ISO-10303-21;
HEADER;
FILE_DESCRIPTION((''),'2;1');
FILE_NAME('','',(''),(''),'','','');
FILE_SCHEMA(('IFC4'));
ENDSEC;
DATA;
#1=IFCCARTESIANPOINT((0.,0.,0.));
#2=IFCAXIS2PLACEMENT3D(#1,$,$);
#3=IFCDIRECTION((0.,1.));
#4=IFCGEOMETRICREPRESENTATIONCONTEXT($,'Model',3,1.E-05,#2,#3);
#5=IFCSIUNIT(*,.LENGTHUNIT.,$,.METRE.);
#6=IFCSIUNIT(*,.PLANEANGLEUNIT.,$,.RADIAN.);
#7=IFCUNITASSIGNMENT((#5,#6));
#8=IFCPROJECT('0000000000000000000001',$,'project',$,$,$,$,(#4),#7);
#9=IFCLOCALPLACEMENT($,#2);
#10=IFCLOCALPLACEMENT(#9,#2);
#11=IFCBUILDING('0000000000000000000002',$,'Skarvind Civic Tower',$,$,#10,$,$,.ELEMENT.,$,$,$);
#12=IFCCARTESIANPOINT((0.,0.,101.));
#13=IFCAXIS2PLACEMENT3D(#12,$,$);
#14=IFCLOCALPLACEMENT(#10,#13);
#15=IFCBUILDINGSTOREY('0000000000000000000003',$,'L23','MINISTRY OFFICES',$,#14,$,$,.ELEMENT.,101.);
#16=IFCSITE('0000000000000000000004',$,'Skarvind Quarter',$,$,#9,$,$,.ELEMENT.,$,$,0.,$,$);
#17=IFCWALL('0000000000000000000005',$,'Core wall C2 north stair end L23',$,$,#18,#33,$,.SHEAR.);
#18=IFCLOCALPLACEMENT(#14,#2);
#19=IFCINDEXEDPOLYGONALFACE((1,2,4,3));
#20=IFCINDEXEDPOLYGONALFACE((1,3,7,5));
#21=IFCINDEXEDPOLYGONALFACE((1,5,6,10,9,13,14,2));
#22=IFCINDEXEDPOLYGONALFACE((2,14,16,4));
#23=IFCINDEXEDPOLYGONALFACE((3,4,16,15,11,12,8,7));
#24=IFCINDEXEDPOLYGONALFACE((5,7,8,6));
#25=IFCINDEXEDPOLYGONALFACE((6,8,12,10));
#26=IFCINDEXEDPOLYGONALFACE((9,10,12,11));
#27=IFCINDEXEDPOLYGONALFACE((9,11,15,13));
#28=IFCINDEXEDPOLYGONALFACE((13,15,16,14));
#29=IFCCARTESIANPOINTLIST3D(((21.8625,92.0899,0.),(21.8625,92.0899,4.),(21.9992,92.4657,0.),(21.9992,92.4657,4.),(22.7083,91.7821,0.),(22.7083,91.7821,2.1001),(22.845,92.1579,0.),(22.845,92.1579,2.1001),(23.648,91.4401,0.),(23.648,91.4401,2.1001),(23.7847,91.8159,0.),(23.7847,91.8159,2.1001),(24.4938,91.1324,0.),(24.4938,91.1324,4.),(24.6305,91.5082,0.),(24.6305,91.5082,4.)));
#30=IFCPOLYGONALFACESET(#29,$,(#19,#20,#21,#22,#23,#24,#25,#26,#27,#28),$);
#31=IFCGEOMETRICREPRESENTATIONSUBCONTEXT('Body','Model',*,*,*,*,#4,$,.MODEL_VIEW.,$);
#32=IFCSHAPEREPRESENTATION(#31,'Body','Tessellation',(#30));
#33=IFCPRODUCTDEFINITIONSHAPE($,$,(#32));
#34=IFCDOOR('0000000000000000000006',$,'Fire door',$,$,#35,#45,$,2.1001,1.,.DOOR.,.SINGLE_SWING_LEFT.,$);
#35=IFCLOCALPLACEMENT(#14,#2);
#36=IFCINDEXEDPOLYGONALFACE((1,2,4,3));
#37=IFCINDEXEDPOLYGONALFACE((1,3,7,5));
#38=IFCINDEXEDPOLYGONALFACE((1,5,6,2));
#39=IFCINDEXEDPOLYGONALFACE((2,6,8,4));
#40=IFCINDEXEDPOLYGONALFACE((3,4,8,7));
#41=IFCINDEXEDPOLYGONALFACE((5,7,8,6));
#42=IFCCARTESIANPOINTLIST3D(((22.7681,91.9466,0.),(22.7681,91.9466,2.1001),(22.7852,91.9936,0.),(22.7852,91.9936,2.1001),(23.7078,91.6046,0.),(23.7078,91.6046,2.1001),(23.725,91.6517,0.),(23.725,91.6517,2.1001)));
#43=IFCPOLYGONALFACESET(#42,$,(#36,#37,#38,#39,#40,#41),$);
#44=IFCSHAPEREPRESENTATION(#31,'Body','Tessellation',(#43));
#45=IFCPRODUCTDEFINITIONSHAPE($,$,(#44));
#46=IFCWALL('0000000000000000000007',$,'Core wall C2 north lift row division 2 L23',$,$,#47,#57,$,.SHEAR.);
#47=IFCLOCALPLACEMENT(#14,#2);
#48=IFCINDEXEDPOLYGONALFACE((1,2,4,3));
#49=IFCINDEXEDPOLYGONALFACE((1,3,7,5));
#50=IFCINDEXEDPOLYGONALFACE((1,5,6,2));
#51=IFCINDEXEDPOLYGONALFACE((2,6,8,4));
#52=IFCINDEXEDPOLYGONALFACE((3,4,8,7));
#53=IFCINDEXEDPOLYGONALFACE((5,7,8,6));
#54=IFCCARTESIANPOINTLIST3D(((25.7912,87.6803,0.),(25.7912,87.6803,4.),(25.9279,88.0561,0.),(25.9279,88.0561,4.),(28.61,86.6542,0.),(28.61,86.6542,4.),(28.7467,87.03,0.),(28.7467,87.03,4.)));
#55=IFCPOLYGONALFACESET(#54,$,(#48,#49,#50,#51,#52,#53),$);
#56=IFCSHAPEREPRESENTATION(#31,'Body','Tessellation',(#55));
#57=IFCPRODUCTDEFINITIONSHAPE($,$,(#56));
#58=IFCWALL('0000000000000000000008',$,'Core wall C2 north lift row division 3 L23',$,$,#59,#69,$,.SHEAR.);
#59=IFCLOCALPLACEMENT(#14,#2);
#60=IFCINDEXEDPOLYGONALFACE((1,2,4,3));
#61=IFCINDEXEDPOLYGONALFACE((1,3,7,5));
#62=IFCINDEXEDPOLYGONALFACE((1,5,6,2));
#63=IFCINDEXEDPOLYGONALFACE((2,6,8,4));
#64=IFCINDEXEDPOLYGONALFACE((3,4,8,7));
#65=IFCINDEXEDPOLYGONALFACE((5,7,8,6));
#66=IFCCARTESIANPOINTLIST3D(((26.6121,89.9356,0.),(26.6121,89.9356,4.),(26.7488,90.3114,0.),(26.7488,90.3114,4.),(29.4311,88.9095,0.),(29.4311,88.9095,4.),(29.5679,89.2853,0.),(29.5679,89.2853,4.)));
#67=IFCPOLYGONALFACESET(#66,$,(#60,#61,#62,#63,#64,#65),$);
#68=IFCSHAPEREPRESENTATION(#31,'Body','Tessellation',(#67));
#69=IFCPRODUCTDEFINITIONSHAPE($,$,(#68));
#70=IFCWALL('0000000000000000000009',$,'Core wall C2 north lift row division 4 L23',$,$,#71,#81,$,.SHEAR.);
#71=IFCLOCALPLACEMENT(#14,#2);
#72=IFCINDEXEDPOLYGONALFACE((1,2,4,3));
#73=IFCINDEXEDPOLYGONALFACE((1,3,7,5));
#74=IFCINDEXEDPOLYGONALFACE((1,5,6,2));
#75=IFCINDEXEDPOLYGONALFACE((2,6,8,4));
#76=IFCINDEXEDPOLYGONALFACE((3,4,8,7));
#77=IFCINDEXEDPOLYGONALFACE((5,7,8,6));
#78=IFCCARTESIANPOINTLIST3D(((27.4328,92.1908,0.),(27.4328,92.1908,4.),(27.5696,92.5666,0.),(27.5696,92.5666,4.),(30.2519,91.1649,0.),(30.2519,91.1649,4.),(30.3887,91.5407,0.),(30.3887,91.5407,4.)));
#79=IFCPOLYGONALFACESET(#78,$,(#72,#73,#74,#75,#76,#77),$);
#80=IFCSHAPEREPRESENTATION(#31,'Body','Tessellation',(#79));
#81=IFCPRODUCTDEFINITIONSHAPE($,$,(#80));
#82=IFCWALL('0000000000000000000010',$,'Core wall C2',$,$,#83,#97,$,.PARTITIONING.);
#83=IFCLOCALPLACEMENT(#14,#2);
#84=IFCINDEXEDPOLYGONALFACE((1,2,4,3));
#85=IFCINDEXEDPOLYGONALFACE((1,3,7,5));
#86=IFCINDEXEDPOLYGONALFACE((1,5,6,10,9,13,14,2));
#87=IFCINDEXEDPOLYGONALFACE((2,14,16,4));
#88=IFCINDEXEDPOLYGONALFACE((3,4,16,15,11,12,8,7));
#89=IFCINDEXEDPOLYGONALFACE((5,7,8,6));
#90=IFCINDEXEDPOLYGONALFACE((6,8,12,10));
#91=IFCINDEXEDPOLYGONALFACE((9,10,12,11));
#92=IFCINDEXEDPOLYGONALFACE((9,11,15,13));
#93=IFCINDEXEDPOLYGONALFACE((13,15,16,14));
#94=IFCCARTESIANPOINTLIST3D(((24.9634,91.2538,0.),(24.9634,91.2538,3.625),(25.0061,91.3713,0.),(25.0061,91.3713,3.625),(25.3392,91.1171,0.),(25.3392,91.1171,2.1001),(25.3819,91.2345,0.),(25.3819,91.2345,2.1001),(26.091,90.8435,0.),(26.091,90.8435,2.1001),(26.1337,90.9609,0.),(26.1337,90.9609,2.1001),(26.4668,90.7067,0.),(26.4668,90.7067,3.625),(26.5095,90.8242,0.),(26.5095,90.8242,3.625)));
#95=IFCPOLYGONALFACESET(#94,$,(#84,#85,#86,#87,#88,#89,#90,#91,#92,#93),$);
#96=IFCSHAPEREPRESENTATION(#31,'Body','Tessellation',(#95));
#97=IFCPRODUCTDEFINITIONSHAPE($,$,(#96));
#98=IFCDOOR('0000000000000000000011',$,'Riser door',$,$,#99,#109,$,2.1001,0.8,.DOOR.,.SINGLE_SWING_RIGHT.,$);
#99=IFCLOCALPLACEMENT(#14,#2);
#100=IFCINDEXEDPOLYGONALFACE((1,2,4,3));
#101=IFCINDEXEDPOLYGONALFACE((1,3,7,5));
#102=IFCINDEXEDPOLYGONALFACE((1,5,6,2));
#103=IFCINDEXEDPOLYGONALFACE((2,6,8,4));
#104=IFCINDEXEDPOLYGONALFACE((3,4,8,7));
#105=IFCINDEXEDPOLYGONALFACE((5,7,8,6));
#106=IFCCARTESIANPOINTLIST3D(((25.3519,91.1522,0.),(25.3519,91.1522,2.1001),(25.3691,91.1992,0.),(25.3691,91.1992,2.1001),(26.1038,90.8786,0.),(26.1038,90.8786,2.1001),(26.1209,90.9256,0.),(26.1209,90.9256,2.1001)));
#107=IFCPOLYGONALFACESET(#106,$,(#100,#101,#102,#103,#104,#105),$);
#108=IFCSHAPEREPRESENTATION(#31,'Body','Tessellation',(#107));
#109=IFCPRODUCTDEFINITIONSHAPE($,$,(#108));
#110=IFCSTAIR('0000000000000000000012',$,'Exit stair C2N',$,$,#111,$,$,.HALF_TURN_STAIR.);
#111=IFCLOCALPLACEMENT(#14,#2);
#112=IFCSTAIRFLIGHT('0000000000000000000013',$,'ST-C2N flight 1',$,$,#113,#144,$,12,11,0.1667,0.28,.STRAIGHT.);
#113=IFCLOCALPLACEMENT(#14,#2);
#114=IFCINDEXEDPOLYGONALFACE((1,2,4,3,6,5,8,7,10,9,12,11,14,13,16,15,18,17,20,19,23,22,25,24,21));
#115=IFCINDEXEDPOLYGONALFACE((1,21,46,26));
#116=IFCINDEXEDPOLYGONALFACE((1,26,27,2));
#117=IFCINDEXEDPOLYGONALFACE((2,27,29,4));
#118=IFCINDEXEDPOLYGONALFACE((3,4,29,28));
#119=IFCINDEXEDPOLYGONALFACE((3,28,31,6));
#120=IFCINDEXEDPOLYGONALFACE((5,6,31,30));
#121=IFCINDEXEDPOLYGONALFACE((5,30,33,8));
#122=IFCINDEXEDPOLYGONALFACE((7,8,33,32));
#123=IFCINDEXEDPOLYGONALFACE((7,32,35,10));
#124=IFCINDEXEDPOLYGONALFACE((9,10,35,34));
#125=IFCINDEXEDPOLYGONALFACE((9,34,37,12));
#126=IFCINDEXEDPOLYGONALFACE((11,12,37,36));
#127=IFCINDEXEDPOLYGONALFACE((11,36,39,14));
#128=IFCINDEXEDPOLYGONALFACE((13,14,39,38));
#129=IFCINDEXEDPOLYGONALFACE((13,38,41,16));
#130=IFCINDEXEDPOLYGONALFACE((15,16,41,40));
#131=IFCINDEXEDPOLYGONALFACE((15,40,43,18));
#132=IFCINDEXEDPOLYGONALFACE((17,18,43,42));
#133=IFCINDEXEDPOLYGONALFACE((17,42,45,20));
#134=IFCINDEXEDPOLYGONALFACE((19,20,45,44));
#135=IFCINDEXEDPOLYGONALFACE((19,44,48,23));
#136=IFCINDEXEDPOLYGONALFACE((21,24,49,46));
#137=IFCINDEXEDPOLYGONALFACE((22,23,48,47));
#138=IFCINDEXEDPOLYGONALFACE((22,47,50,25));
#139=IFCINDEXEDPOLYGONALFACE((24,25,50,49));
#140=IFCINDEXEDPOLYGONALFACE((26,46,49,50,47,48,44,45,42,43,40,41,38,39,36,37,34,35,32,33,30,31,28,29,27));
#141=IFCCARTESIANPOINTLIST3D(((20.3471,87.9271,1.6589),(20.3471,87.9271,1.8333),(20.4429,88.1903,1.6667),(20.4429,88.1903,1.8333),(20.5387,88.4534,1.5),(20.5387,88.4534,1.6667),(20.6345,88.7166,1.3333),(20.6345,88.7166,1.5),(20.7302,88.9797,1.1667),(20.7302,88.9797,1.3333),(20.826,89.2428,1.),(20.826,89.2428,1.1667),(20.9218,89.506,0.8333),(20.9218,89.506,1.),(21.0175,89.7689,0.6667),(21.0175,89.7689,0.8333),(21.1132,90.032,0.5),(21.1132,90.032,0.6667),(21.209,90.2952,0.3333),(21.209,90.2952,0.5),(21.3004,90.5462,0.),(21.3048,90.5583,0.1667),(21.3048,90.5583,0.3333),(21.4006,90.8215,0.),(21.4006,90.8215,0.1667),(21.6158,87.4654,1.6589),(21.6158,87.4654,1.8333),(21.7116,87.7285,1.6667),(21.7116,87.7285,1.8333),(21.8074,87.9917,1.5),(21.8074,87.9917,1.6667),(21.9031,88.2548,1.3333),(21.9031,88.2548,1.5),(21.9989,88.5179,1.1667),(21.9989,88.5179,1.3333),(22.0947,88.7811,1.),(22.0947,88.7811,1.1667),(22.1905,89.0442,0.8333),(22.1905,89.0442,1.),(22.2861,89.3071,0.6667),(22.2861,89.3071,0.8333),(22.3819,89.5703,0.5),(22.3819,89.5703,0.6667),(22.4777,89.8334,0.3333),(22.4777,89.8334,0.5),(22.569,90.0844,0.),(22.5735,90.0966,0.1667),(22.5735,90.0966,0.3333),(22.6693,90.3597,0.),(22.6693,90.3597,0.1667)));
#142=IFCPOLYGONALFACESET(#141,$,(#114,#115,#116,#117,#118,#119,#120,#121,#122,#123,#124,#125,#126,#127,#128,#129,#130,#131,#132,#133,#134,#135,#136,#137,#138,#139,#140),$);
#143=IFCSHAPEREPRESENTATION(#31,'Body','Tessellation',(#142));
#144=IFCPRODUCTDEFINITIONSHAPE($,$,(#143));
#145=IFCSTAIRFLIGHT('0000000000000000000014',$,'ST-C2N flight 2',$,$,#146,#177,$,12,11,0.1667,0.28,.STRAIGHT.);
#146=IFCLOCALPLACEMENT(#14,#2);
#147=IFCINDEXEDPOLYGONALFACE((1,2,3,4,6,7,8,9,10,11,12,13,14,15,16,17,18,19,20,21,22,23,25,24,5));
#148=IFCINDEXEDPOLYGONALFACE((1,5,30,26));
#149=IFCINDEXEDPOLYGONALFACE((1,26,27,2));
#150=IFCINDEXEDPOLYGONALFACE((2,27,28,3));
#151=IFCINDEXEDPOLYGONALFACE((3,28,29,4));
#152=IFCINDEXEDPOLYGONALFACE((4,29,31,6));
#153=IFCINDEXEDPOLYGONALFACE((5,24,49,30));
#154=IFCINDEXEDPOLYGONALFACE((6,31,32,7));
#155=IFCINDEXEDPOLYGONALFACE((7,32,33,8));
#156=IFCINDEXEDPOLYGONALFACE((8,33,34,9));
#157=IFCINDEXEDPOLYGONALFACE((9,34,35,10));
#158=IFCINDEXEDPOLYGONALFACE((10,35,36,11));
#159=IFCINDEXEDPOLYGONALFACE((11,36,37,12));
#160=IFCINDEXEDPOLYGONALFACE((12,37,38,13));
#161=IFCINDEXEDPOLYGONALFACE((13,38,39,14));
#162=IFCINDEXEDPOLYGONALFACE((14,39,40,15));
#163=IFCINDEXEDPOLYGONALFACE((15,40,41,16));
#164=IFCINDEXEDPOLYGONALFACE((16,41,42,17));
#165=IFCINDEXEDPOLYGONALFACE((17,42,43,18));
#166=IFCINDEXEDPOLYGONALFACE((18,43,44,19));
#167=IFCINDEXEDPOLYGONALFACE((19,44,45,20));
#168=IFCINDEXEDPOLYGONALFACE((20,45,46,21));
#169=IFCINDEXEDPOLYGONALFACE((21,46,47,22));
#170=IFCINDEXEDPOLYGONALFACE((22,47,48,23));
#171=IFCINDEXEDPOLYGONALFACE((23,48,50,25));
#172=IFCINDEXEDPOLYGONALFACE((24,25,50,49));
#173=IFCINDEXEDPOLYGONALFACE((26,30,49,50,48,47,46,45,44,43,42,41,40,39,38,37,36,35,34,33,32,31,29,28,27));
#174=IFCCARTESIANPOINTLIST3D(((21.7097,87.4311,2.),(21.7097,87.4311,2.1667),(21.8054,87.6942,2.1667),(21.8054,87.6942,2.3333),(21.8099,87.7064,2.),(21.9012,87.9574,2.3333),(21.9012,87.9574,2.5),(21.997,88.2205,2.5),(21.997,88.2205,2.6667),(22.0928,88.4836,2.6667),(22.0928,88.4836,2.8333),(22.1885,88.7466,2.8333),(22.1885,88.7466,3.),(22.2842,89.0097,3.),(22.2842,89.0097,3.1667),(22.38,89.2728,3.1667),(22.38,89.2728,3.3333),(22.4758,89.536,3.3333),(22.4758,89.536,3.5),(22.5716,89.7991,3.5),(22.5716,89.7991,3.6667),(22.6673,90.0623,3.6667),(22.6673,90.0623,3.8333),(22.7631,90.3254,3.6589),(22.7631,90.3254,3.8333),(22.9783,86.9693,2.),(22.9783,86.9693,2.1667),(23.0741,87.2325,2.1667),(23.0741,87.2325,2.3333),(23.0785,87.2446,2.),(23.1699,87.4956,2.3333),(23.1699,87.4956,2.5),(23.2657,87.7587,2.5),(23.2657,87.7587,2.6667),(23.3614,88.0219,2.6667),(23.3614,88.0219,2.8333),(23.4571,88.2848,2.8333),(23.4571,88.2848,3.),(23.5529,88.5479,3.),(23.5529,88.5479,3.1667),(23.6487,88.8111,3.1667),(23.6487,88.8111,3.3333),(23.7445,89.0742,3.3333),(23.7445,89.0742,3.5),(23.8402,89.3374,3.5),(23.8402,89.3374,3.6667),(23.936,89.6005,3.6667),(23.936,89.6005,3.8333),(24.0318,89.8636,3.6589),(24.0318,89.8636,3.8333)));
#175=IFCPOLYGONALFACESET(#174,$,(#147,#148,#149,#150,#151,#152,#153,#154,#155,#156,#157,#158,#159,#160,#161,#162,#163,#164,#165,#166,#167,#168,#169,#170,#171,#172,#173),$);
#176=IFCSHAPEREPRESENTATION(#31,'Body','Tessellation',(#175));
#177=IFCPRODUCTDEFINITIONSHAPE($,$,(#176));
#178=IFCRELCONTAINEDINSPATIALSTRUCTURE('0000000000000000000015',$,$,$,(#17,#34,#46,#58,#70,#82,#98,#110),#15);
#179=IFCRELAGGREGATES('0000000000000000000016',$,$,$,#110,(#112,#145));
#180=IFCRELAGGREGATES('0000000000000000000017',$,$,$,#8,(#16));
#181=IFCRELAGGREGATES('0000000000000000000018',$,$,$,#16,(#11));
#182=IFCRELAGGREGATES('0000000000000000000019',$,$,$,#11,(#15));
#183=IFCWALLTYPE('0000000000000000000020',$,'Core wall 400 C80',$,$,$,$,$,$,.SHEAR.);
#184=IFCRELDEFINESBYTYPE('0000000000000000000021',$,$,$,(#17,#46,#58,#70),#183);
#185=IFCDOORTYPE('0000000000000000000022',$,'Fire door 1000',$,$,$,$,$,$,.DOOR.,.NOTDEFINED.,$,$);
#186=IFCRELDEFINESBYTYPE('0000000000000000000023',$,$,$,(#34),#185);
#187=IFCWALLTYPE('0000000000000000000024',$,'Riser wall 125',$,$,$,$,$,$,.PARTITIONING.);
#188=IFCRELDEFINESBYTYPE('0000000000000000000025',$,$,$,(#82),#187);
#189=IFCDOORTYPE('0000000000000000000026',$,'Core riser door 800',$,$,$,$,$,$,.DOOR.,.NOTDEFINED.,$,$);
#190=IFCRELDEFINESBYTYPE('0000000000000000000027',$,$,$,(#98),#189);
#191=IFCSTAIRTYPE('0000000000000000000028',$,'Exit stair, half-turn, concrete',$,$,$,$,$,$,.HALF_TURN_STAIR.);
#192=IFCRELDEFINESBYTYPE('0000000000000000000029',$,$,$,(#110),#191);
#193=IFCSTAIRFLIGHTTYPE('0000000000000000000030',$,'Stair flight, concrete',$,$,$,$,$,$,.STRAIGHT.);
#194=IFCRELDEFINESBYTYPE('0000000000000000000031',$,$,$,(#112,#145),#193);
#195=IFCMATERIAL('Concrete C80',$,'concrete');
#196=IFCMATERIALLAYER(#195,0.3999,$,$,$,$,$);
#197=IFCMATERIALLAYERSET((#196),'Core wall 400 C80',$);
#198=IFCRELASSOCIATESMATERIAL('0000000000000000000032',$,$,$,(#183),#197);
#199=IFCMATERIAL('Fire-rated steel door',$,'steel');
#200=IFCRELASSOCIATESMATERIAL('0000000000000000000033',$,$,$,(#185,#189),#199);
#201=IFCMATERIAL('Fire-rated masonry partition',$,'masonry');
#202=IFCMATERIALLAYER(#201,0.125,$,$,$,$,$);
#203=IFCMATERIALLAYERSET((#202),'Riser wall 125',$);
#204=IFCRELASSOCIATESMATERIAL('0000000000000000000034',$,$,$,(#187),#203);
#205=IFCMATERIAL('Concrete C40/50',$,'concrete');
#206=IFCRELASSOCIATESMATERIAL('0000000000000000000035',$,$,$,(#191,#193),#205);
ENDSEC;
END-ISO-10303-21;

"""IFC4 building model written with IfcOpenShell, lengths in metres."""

from ifc_helpers import new_model, si_unit, direction, frame, frame_2d, origin, place, context, subcontext, project, spatial, polyline, rectangle, outline, extrude, material, layer, layer_set, type_object, element, fill, aggregate, save


model = new_model("IFC4")

# Units and contexts
model_context = context("Model", 3, precision=1e-05, world=origin(), true_north=direction((0.0, 1.0)))
body_context = subcontext(model_context, "Body", "Model", "MODEL_VIEW")
ifc_project = project(units=[si_unit("LENGTHUNIT", "METRE"), si_unit("PLANEANGLEUNIT", "RADIAN")], contexts=[model_context])

# Site, building, storey
site_placement = place(None, origin())
site = spatial("IfcSite", under=ifc_project, at=site_placement, Name="Skarvind Quarter", CompositionType="ELEMENT", RefElevation=0.0)
building_placement = place(site_placement, origin())
building = spatial("IfcBuilding", under=site, at=building_placement, Name="Skarvind Civic Tower", CompositionType="ELEMENT")
storey_placement = place(building_placement, frame((0.0, 0.0, 101.0)))
storey = spatial("IfcBuildingStorey", under=building, at=storey_placement, Name="L23", Description="MINISTRY OFFICES", CompositionType="ELEMENT", Elevation=101.0)

# Wall, opening, door
ifc_material_1 = material(Name="Concrete C80", Category="concrete")
ifc_layer_1 = layer(ifc_material_1, 0.3999)
ifc_layer_set_1 = layer_set([ifc_layer_1], Name="Core wall 400 C80")
wall_type_1 = type_object("IfcWallType", Name="Core wall 400 C80", PredefinedType="SHEAR", material=ifc_layer_set_1)
wall_1_placement = place(storey_placement, frame((24.562, 91.3203, 0.0), z_axis=(0.0, 0.0, 1.0), x_axis=(-0.939717, 0.341953, 0.0)))
wall_1 = element("IfcWall", 1, at=wall_1_placement, inside=storey, type_object=wall_type_1, Name="Core wall C2 north stair end L23", PredefinedType="SHEAR", context=body_context, shape_type="SweptSolid", body=[
    extrude(rectangle(XDim=2.8, YDim=0.3999, at=frame_2d((1.3999, 0.0))), origin(), (0.0, 0.0, 1.0), 4.0),
])
opening_1_placement = place(wall_1_placement, frame((0.8999, 0.0, 0.0)))
opening_1 = element("IfcOpeningElement", 2, at=opening_1_placement, cuts=wall_1, PredefinedType="OPENING", context=body_context, shape_type="SweptSolid", body=[
    extrude(rectangle(XDim=1.0, YDim=2.1001, at=frame_2d((0.5, 1.05))), frame((0.0, 0.21, 0.0), z_axis=(0.0, -1.0, 0.0), x_axis=(1.0, 0.0, 0.0)), (0.0, 0.0, 1.0), 0.4199),
])
ifc_material_2 = material(Name="Fire-rated steel door", Category="steel")
door_type_1 = type_object("IfcDoorType", Name="Fire door 1000", OperationType="NOTDEFINED", PredefinedType="DOOR", material=ifc_material_2)
door_1_placement = place(opening_1_placement, origin())
door_1 = element("IfcDoor", 3, at=door_1_placement, inside=storey, type_object=door_type_1, Name="Fire door", OperationType="SINGLE_SWING_LEFT", OverallHeight=2.1001, OverallWidth=1.0, PredefinedType="DOOR", context=body_context, shape_type="SweptSolid", body=[
    extrude(rectangle(XDim=1.0, YDim=2.1001, at=frame_2d((0.5, 1.05))), frame((0.0, 0.0249, 0.0), z_axis=(0.0, -1.0, 0.0), x_axis=(1.0, 0.0, 0.0)), (0.0, 0.0, 1.0), 0.05),
])
fill(opening_1, door_1)

# Walls
wall_2_placement = place(storey_placement, frame((28.6785, 86.842, 0.0), z_axis=(0.0, 0.0, 1.0), x_axis=(-0.939677, 0.342063, 0.0)))
element("IfcWall", 4, at=wall_2_placement, inside=storey, type_object=wall_type_1, Name="Core wall C2 north lift row division 2 L23", PredefinedType="SHEAR", context=body_context, shape_type="SweptSolid", body=[
    extrude(rectangle(XDim=2.9998, YDim=0.3999, at=frame_2d((1.5, 0.0))), origin(), (0.0, 0.0, 1.0), 4.0),
])
for number, where, z_axis, x_axis, name in (
    (5, (29.4995, 89.0974, 0.0), (0.0, 0.0, 1.0), (-0.939686, 0.342037, 0.0), "Core wall C2 north lift row division 3 L23"),
    (6, (30.3203, 91.3528, 0.0), (0.0, 0.0, 1.0), (-0.939713, 0.341965, 0.0), "Core wall C2 north lift row division 4 L23"),
):
    element("IfcWall", number, at=place(storey_placement, frame(where, z_axis=z_axis, x_axis=x_axis)), inside=storey, type_object=wall_type_1, Name=name, PredefinedType="SHEAR", context=body_context, shape_type="SweptSolid", body=[
        extrude(rectangle(XDim=3.0, YDim=0.3999, at=frame_2d((1.5, 0.0))), origin(), (0.0, 0.0, 1.0), 4.0),
    ])

# Wall, opening, door
ifc_material_3 = material(Name="Fire-rated masonry partition", Category="masonry")
ifc_layer_2 = layer(ifc_material_3, 0.125)
ifc_layer_set_2 = layer_set([ifc_layer_2], Name="Riser wall 125")
wall_type_2 = type_object("IfcWallType", Name="Riser wall 125", PredefinedType="PARTITIONING", material=ifc_layer_set_2)
wall_3_placement = place(storey_placement, frame((24.9849, 91.3125, 0.0), z_axis=(0.0, 0.0, 1.0), x_axis=(0.939709, -0.341976, 0.0)))
wall_3 = element("IfcWall", 7, at=wall_3_placement, inside=storey, type_object=wall_type_2, Name="Core wall C2", PredefinedType="PARTITIONING", context=body_context, shape_type="SweptSolid", body=[
    extrude(rectangle(XDim=1.5999, YDim=0.125, at=frame_2d((0.7998, 0.0))), origin(), (0.0, 0.0, 1.0), 3.625),
])
opening_2_placement = place(wall_3_placement, frame((0.3999, 0.0, 0.0)))
opening_2 = element("IfcOpeningElement", 8, at=opening_2_placement, cuts=wall_3, PredefinedType="OPENING", context=body_context, shape_type="SweptSolid", body=[
    extrude(rectangle(XDim=0.8, YDim=2.1001, at=frame_2d((0.3999, 1.05))), frame((0.0, 0.0725, 0.0), z_axis=(0.0, -1.0, 0.0), x_axis=(1.0, 0.0, 0.0)), (0.0, 0.0, 1.0), 0.145),
])
door_type_2 = type_object("IfcDoorType", Name="Core riser door 800", OperationType="NOTDEFINED", PredefinedType="DOOR", material=ifc_material_2)
door_2_placement = place(opening_2_placement, origin())
door_2 = element("IfcDoor", 9, at=door_2_placement, inside=storey, type_object=door_type_2, Name="Riser door", OperationType="SINGLE_SWING_RIGHT", OverallHeight=2.1001, OverallWidth=0.8, PredefinedType="DOOR", context=body_context, shape_type="SweptSolid", body=[
    extrude(rectangle(XDim=0.8, YDim=2.1001, at=frame_2d((0.3999, 1.05))), frame((0.0, 0.0249, 0.0), z_axis=(0.0, -1.0, 0.0), x_axis=(1.0, 0.0, 0.0)), (0.0, 0.0, 1.0), 0.05),
])
fill(opening_2, door_2)

# Stair, stair flights
ifc_material_4 = material(Name="Concrete C40/50", Category="concrete")
stair_type = type_object("IfcStairType", Name="Exit stair, half-turn, concrete", PredefinedType="HALF_TURN_STAIR", material=ifc_material_4)
stair_placement = place(storey_placement, origin())
stair = element("IfcStair", 10, at=stair_placement, inside=storey, type_object=stair_type, Name="Exit stair C2N", PredefinedType="HALF_TURN_STAIR")
stair_flight_type = type_object("IfcStairFlightType", Name="Stair flight, concrete", PredefinedType="STRAIGHT", material=ifc_material_4)
stair_flight_1_placement = place(storey_placement, frame((22.0349, 90.5906, 0.0), z_axis=(0.0, 0.0, 1.0), x_axis=(-0.34202, -0.939693, 0.0)))
stair_flight_1 = element("IfcStairFlight", 11, at=stair_flight_1_placement, type_object=stair_flight_type, Name="ST-C2N flight 1", NumberOfRisers=12, NumberOfTreads=11, PredefinedType="STRAIGHT", RiserHeight=0.1667, TreadLength=0.28, context=body_context, shape_type="SweptSolid", body=[
    extrude(outline(polyline([(0.0, 0.0), (0.0, 0.1667), (0.28, 0.1667), (0.28, 0.3333), (0.5601, 0.3333), (0.5601, 0.5), (0.8401, 0.5), (0.8401, 0.6667), (1.1201, 0.6667), (1.1201, 0.8333), (1.3999, 0.8333), (1.3999, 1.0), (1.6799, 1.0), (1.6799, 1.1667), (1.96, 1.1667), (1.96, 1.3333), (2.24, 1.3333), (2.24, 1.5), (2.52, 1.5), (2.52, 1.6667), (2.8, 1.6667), (2.8, 1.8333), (3.0801, 1.8333), (3.0801, 2.0), (3.0801, 1.6589), (0.293, 0.0), (0.0, 0.0)])), frame((0.0, 0.675, 0.0), z_axis=(0.0, -1.0, 0.0), x_axis=(1.0, 0.0, 0.0)), (0.0, 0.0, 1.0), 1.3501),
])
stair_flight_2_placement = place(storey_placement, frame((22.344, 87.2002, 2.0), z_axis=(0.0, 0.0, 1.0), x_axis=(0.34202, 0.939693, 0.0)))
stair_flight_2 = element("IfcStairFlight", 12, at=stair_flight_2_placement, type_object=stair_flight_type, Name="ST-C2N flight 2", NumberOfRisers=12, NumberOfTreads=11, PredefinedType="STRAIGHT", RiserHeight=0.1667, TreadLength=0.28, context=body_context, shape_type="SweptSolid", body=[
    extrude(outline(polyline([(0.0, 0.0), (0.0, 0.1667), (0.28, 0.1667), (0.28, 0.3333), (0.5601, 0.3333), (0.5601, 0.5), (0.8401, 0.5), (0.8401, 0.6667), (1.1201, 0.6667), (1.1201, 0.8333), (1.3999, 0.8333), (1.3999, 1.0), (1.6799, 1.0), (1.6799, 1.1667), (1.96, 1.1667), (1.96, 1.3333), (2.24, 1.3333), (2.24, 1.5), (2.52, 1.5), (2.52, 1.6667), (2.8, 1.6667), (2.8, 1.8333), (3.0801, 1.8333), (3.0801, 2.0), (3.0801, 1.6589), (0.293, 0.0), (0.0, 0.0)])), frame((0.0, 0.675, 0.0), z_axis=(0.0, -1.0, 0.0), x_axis=(1.0, 0.0, 0.0)), (0.0, 0.0, 1.0), 1.3501),
])
aggregate(stair, [stair_flight_1, stair_flight_2])

save(model, "model.ifc")
